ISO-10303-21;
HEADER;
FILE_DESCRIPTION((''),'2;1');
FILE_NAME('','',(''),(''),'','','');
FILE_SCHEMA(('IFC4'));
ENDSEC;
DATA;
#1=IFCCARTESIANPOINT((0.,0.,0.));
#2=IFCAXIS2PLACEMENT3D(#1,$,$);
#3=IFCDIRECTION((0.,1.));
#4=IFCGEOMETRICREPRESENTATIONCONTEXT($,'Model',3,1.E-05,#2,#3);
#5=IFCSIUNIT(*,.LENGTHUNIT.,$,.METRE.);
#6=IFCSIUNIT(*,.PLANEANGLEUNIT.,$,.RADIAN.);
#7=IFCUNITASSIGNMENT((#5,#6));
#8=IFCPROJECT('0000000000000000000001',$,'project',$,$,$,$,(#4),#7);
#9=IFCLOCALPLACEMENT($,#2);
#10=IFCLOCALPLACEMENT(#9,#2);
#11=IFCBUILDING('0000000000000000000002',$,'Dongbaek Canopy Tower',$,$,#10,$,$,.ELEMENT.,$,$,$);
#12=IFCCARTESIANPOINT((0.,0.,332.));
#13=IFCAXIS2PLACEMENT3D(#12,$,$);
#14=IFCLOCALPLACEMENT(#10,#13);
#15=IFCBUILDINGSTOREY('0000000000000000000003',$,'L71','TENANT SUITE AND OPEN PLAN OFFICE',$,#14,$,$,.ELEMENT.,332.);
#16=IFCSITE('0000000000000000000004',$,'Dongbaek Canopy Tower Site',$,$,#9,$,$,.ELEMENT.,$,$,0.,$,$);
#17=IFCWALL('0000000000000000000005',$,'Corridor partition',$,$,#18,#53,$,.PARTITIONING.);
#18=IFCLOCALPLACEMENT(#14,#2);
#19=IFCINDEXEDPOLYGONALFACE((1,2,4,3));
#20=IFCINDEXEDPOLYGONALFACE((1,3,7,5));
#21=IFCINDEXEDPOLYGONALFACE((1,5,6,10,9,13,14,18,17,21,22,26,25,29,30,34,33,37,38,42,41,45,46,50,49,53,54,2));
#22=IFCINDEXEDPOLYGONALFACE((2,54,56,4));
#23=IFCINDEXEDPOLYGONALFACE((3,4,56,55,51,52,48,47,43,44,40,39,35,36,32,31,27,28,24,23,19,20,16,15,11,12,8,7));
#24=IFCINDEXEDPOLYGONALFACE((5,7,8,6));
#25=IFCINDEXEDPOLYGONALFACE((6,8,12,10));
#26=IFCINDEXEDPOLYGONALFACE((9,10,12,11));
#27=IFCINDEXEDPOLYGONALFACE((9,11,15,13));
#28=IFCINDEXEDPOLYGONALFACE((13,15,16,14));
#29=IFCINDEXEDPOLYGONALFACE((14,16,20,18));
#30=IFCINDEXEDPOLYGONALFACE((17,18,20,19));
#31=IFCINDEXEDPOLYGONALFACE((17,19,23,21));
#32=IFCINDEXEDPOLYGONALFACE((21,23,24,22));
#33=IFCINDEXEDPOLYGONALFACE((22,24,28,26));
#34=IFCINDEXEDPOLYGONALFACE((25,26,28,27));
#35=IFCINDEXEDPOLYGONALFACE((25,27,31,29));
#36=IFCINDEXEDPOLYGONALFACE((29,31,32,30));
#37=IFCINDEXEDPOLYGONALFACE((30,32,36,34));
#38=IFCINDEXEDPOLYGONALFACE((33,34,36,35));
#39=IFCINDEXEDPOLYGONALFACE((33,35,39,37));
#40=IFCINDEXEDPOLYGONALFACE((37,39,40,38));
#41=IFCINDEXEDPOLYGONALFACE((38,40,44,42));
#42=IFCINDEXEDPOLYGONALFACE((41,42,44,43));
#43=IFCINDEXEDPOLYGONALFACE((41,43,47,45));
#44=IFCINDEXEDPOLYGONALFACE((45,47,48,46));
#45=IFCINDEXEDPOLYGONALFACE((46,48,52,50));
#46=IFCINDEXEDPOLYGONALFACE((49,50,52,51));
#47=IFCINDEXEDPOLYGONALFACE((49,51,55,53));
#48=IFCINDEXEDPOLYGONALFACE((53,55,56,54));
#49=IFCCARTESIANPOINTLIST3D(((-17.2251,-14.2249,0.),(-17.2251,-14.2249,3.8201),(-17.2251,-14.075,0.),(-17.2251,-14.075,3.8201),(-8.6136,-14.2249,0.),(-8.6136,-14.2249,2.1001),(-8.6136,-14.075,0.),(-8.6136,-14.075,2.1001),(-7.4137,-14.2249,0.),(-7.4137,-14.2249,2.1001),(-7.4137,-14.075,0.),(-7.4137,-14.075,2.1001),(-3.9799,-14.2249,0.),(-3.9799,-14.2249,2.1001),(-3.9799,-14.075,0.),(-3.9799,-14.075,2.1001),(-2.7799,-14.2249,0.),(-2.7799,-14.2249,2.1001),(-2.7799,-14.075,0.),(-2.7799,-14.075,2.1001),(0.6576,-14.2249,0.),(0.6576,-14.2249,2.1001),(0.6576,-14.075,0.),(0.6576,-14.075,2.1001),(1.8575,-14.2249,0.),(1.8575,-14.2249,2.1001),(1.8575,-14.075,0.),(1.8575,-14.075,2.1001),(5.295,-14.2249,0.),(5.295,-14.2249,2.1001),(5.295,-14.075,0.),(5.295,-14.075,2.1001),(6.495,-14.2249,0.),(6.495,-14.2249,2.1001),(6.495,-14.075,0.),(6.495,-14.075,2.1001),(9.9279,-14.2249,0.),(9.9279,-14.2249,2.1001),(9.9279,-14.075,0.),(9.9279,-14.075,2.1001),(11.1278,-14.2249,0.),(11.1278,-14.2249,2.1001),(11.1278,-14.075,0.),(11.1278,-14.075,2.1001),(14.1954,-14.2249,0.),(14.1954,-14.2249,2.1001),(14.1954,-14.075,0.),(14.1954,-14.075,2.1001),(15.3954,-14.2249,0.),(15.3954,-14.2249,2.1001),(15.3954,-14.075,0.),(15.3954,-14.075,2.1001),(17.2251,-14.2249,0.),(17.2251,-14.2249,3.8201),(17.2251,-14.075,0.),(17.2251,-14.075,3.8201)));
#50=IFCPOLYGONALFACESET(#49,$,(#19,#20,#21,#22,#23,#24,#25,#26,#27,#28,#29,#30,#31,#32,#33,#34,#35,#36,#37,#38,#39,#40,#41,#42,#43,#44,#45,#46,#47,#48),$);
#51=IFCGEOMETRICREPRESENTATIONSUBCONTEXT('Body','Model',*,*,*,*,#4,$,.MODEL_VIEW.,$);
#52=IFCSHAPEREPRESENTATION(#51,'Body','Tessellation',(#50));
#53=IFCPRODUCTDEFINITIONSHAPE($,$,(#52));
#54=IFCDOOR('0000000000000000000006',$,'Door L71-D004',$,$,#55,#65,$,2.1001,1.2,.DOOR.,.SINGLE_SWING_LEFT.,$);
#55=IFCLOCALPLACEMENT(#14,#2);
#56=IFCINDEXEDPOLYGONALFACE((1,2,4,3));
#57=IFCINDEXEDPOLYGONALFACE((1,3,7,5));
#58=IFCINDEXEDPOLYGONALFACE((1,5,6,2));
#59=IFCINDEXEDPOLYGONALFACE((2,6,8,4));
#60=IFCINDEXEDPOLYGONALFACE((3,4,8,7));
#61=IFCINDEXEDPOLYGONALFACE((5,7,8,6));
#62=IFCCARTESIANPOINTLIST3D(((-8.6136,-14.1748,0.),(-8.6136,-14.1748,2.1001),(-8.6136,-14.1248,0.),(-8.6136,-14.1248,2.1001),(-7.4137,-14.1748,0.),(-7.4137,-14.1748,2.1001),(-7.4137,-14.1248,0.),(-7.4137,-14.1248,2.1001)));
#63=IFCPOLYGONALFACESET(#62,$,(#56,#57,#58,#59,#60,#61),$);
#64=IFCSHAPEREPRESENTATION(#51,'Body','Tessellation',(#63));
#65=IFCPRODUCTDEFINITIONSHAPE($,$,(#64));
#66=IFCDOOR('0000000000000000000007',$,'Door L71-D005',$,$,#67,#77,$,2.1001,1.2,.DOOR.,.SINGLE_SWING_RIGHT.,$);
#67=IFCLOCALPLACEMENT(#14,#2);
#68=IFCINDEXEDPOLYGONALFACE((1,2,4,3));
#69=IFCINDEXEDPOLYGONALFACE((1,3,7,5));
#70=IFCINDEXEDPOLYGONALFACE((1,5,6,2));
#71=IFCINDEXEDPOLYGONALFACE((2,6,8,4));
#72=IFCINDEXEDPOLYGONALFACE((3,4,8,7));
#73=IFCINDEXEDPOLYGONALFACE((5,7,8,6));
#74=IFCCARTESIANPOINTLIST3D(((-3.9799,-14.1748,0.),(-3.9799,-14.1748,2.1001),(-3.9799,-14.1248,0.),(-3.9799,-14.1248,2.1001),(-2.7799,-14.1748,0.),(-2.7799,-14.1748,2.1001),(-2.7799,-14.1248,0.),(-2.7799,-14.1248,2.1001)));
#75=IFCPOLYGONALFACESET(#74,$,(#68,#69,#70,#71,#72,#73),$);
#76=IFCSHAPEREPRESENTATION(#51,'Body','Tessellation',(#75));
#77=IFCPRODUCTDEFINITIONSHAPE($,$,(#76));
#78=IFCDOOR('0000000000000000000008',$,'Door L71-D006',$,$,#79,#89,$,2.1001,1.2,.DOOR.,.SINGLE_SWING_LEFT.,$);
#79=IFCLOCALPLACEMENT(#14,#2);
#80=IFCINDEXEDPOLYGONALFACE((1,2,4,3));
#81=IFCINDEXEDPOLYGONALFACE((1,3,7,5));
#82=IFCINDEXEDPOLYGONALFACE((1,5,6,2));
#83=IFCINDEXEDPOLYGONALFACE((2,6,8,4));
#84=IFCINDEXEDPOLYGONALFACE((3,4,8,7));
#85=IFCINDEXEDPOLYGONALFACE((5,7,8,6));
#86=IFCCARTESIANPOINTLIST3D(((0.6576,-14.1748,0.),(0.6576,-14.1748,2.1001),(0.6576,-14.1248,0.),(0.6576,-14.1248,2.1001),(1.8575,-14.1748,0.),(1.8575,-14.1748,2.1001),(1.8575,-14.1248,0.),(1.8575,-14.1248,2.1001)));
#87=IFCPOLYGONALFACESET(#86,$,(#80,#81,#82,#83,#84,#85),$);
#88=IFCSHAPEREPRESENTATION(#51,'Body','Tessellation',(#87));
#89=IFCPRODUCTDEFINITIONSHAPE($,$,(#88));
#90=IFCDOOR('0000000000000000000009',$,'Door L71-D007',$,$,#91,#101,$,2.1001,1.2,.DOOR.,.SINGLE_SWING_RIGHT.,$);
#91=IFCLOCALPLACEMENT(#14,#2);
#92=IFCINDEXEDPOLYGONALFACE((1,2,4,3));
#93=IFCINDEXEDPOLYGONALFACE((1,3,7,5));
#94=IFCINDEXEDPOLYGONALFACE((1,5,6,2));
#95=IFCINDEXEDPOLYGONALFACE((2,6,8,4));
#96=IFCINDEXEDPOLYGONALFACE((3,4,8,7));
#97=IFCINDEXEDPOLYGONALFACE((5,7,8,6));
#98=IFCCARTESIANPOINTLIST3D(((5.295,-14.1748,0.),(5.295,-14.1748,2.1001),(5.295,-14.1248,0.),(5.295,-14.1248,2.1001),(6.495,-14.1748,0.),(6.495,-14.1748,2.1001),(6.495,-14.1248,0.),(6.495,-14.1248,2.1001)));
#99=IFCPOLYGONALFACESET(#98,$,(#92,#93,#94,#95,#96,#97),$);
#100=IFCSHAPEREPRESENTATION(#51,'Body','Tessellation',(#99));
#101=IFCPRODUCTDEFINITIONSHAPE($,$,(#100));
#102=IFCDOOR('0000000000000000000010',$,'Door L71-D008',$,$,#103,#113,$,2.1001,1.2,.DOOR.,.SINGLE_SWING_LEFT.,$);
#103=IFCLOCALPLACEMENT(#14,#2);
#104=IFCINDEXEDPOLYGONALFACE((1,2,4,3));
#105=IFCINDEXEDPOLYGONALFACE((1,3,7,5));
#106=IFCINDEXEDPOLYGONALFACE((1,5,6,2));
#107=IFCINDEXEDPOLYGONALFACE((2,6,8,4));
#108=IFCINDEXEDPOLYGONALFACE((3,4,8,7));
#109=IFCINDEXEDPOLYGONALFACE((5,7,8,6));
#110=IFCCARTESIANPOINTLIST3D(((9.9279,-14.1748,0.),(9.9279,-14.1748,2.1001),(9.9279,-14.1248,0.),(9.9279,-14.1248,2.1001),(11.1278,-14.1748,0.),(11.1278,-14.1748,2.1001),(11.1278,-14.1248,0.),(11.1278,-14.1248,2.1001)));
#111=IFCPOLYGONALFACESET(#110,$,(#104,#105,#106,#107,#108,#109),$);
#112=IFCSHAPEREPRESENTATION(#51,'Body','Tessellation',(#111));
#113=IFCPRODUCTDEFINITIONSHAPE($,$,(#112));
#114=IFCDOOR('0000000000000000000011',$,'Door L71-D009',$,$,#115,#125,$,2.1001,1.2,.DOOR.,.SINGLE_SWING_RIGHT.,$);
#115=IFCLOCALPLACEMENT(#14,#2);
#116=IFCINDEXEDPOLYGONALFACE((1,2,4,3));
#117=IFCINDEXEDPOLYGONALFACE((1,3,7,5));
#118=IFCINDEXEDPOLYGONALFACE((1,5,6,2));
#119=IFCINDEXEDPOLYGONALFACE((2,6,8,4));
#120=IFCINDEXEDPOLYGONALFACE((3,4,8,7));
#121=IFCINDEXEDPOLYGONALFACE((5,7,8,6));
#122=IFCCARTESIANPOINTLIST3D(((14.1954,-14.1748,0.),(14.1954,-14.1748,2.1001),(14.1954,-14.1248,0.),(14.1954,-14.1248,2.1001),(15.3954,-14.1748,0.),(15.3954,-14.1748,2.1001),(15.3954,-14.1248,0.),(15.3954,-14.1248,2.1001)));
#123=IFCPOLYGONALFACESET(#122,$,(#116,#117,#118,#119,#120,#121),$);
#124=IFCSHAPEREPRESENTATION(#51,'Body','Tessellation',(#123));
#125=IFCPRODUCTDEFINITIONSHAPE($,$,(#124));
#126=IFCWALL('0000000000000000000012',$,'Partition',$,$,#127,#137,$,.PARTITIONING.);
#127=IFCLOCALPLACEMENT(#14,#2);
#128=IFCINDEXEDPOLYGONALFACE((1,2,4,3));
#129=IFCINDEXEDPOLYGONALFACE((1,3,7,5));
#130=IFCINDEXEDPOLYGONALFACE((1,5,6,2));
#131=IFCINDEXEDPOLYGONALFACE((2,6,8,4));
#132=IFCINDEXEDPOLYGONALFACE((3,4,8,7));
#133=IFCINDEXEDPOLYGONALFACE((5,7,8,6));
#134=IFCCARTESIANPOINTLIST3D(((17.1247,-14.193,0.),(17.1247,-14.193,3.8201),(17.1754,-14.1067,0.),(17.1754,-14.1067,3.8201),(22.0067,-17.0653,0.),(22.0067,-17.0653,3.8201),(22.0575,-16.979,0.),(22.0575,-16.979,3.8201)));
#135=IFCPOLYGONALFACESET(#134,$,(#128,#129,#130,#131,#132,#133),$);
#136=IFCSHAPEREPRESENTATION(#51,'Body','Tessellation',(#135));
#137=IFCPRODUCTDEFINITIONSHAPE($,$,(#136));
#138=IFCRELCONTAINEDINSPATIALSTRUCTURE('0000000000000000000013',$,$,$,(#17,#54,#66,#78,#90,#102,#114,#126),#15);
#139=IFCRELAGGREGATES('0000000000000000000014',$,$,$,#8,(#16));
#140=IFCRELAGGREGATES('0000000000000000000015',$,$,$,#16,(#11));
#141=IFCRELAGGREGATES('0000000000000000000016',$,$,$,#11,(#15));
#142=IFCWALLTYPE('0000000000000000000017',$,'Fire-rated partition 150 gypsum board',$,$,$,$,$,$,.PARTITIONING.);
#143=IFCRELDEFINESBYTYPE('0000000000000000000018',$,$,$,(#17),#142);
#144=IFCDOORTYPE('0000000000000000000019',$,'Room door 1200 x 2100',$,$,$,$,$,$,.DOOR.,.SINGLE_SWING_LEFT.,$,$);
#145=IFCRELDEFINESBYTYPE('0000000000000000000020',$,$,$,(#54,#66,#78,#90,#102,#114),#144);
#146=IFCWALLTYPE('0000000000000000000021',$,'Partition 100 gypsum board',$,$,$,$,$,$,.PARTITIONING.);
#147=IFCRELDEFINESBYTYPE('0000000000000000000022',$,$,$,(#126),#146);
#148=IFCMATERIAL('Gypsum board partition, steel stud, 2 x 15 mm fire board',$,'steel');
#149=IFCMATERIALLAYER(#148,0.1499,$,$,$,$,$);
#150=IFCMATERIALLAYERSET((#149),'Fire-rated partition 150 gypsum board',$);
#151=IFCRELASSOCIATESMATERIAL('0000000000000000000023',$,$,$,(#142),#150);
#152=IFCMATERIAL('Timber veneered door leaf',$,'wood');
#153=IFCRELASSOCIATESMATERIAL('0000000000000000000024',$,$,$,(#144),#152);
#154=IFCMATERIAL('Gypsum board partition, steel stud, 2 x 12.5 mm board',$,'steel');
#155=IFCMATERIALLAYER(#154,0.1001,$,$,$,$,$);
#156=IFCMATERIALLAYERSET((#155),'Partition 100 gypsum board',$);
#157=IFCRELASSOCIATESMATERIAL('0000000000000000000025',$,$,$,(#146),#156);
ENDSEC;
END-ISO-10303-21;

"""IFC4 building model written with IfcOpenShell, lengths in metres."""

from ifc_helpers import new_model, si_unit, direction, frame, frame_2d, origin, place, context, subcontext, project, spatial, rectangle, extrude, material, layer, layer_set, type_object, element, fill, save


model = new_model("IFC4")

# Units and contexts
model_context = context("Model", 3, precision=1e-05, world=origin(), true_north=direction((0.0, 1.0)))
body_context = subcontext(model_context, "Body", "Model", "MODEL_VIEW")
ifc_project = project(units=[si_unit("LENGTHUNIT", "METRE"), si_unit("PLANEANGLEUNIT", "RADIAN")], contexts=[model_context])

# Site, building, storey
site_placement = place(None, origin())
site = spatial("IfcSite", under=ifc_project, at=site_placement, Name="Dongbaek Canopy Tower Site", CompositionType="ELEMENT", RefElevation=0.0)
building_placement = place(site_placement, origin())
building = spatial("IfcBuilding", under=site, at=building_placement, Name="Dongbaek Canopy Tower", CompositionType="ELEMENT")
storey_placement = place(building_placement, frame((0.0, 0.0, 332.0)))
storey = spatial("IfcBuildingStorey", under=building, at=storey_placement, Name="L71", Description="TENANT SUITE AND OPEN PLAN OFFICE", CompositionType="ELEMENT", Elevation=332.0)

# Wall, openings, doors
ifc_material_1 = material(Name="Gypsum board partition, steel stud, 2 x 15 mm fire board", Category="steel")
ifc_layer_1 = layer(ifc_material_1, 0.1499)
ifc_layer_set_1 = layer_set([ifc_layer_1], Name="Fire-rated partition 150 gypsum board")
wall_type_1 = type_object("IfcWallType", Name="Fire-rated partition 150 gypsum board", PredefinedType="PARTITIONING", material=ifc_layer_set_1)
wall_1_placement = place(storey_placement, frame((17.2251, -14.1499, 0.0), z_axis=(0.0, 0.0, 1.0), x_axis=(-1.0, 0.0, 0.0)))
wall_1 = element("IfcWall", 1, at=wall_1_placement, inside=storey, type_object=wall_type_1, Name="Corridor partition", PredefinedType="PARTITIONING", context=body_context, shape_type="SweptSolid", body=[
    extrude(rectangle(XDim=34.4502, YDim=0.1499, at=frame_2d((17.2251, 0.0))), origin(), (0.0, 0.0, 1.0), 3.8201),
])
opening_1_placement = place(wall_1_placement, frame((24.6387, 0.0, 0.0)))
opening_1 = element("IfcOpeningElement", 2, at=opening_1_placement, cuts=wall_1, PredefinedType="OPENING", context=body_context, shape_type="SweptSolid", body=[
    extrude(rectangle(XDim=1.2, YDim=2.1001, at=frame_2d((0.6001, 1.05))), frame((0.0, 0.085, 0.0), z_axis=(0.0, -1.0, 0.0), x_axis=(1.0, 0.0, 0.0)), (0.0, 0.0, 1.0), 0.1699),
])
opening_2_placement = place(wall_1_placement, frame((20.0049, 0.0, 0.0)))
opening_2 = element("IfcOpeningElement", 3, at=opening_2_placement, cuts=wall_1, PredefinedType="OPENING", context=body_context, shape_type="SweptSolid", body=[
    extrude(rectangle(XDim=1.2, YDim=2.1001, at=frame_2d((0.6001, 1.05))), frame((0.0, 0.085, 0.0), z_axis=(0.0, -1.0, 0.0), x_axis=(1.0, 0.0, 0.0)), (0.0, 0.0, 1.0), 0.1699),
])
opening_3_placement = place(wall_1_placement, frame((15.3674, 0.0, 0.0)))
opening_3 = element("IfcOpeningElement", 4, at=opening_3_placement, cuts=wall_1, PredefinedType="OPENING", context=body_context, shape_type="SweptSolid", body=[
    extrude(rectangle(XDim=1.2, YDim=2.1001, at=frame_2d((0.6001, 1.05))), frame((0.0, 0.085, 0.0), z_axis=(0.0, -1.0, 0.0), x_axis=(1.0, 0.0, 0.0)), (0.0, 0.0, 1.0), 0.1699),
])
opening_4_placement = place(wall_1_placement, frame((10.73, 0.0, 0.0)))
opening_4 = element("IfcOpeningElement", 5, at=opening_4_placement, cuts=wall_1, PredefinedType="OPENING", context=body_context, shape_type="SweptSolid", body=[
    extrude(rectangle(XDim=1.2, YDim=2.1001, at=frame_2d((0.6001, 1.05))), frame((0.0, 0.085, 0.0), z_axis=(0.0, -1.0, 0.0), x_axis=(1.0, 0.0, 0.0)), (0.0, 0.0, 1.0), 0.1699),
])
opening_5_placement = place(wall_1_placement, frame((6.0972, 0.0, 0.0)))
opening_5 = element("IfcOpeningElement", 6, at=opening_5_placement, cuts=wall_1, PredefinedType="OPENING", context=body_context, shape_type="SweptSolid", body=[
    extrude(rectangle(XDim=1.2, YDim=2.1001, at=frame_2d((0.6001, 1.05))), frame((0.0, 0.085, 0.0), z_axis=(0.0, -1.0, 0.0), x_axis=(1.0, 0.0, 0.0)), (0.0, 0.0, 1.0), 0.1699),
])
opening_6_placement = place(wall_1_placement, frame((1.8296, 0.0, 0.0)))
opening_6 = element("IfcOpeningElement", 7, at=opening_6_placement, cuts=wall_1, PredefinedType="OPENING", context=body_context, shape_type="SweptSolid", body=[
    extrude(rectangle(XDim=1.2, YDim=2.1001, at=frame_2d((0.6001, 1.05))), frame((0.0, 0.085, 0.0), z_axis=(0.0, -1.0, 0.0), x_axis=(1.0, 0.0, 0.0)), (0.0, 0.0, 1.0), 0.1699),
])
ifc_material_2 = material(Name="Timber veneered door leaf", Category="wood")
door_type = type_object("IfcDoorType", Name="Room door 1200 x 2100", OperationType="SINGLE_SWING_LEFT", PredefinedType="DOOR", material=ifc_material_2)
door_1_placement = place(opening_1_placement, origin())
door_1 = element("IfcDoor", 8, at=door_1_placement, inside=storey, type_object=door_type, Name="Door L71-D004", OperationType="SINGLE_SWING_LEFT", OverallHeight=2.1001, OverallWidth=1.2, PredefinedType="DOOR", context=body_context, shape_type="SweptSolid", body=[
    extrude(rectangle(XDim=1.2, YDim=2.1001, at=frame_2d((0.6001, 1.05))), frame((0.0, 0.0249, 0.0), z_axis=(0.0, -1.0, 0.0), x_axis=(1.0, 0.0, 0.0)), (0.0, 0.0, 1.0), 0.05),
])
fill(opening_1, door_1)
door_2_placement = place(opening_2_placement, origin())
door_2 = element("IfcDoor", 9, at=door_2_placement, inside=storey, type_object=door_type, Name="Door L71-D005", OperationType="SINGLE_SWING_RIGHT", OverallHeight=2.1001, OverallWidth=1.2, PredefinedType="DOOR", context=body_context, shape_type="SweptSolid", body=[
    extrude(rectangle(XDim=1.2, YDim=2.1001, at=frame_2d((0.6001, 1.05))), frame((0.0, 0.0249, 0.0), z_axis=(0.0, -1.0, 0.0), x_axis=(1.0, 0.0, 0.0)), (0.0, 0.0, 1.0), 0.05),
])
fill(opening_2, door_2)
door_3_placement = place(opening_3_placement, origin())
door_3 = element("IfcDoor", 10, at=door_3_placement, inside=storey, type_object=door_type, Name="Door L71-D006", OperationType="SINGLE_SWING_LEFT", OverallHeight=2.1001, OverallWidth=1.2, PredefinedType="DOOR", context=body_context, shape_type="SweptSolid", body=[
    extrude(rectangle(XDim=1.2, YDim=2.1001, at=frame_2d((0.6001, 1.05))), frame((0.0, 0.0249, 0.0), z_axis=(0.0, -1.0, 0.0), x_axis=(1.0, 0.0, 0.0)), (0.0, 0.0, 1.0), 0.05),
])
fill(opening_3, door_3)
door_4_placement = place(opening_4_placement, origin())
door_4 = element("IfcDoor", 11, at=door_4_placement, inside=storey, type_object=door_type, Name="Door L71-D007", OperationType="SINGLE_SWING_RIGHT", OverallHeight=2.1001, OverallWidth=1.2, PredefinedType="DOOR", context=body_context, shape_type="SweptSolid", body=[
    extrude(rectangle(XDim=1.2, YDim=2.1001, at=frame_2d((0.6001, 1.05))), frame((0.0, 0.0249, 0.0), z_axis=(0.0, -1.0, 0.0), x_axis=(1.0, 0.0, 0.0)), (0.0, 0.0, 1.0), 0.05),
])
fill(opening_4, door_4)
door_5_placement = place(opening_5_placement, origin())
door_5 = element("IfcDoor", 12, at=door_5_placement, inside=storey, type_object=door_type, Name="Door L71-D008", OperationType="SINGLE_SWING_LEFT", OverallHeight=2.1001, OverallWidth=1.2, PredefinedType="DOOR", context=body_context, shape_type="SweptSolid", body=[
    extrude(rectangle(XDim=1.2, YDim=2.1001, at=frame_2d((0.6001, 1.05))), frame((0.0, 0.0249, 0.0), z_axis=(0.0, -1.0, 0.0), x_axis=(1.0, 0.0, 0.0)), (0.0, 0.0, 1.0), 0.05),
])
fill(opening_5, door_5)
door_6_placement = place(opening_6_placement, origin())
door_6 = element("IfcDoor", 13, at=door_6_placement, inside=storey, type_object=door_type, Name="Door L71-D009", OperationType="SINGLE_SWING_RIGHT", OverallHeight=2.1001, OverallWidth=1.2, PredefinedType="DOOR", context=body_context, shape_type="SweptSolid", body=[
    extrude(rectangle(XDim=1.2, YDim=2.1001, at=frame_2d((0.6001, 1.05))), frame((0.0, 0.0249, 0.0), z_axis=(0.0, -1.0, 0.0), x_axis=(1.0, 0.0, 0.0)), (0.0, 0.0, 1.0), 0.05),
])
fill(opening_6, door_6)

# Wall
ifc_material_3 = material(Name="Gypsum board partition, steel stud, 2 x 12.5 mm board", Category="steel")
ifc_layer_2 = layer(ifc_material_3, 0.1001)
ifc_layer_set_2 = layer_set([ifc_layer_2], Name="Partition 100 gypsum board")
wall_type_2 = type_object("IfcWallType", Name="Partition 100 gypsum board", PredefinedType="PARTITIONING", material=ifc_layer_set_2)
wall_2_placement = place(storey_placement, frame((17.1501, -14.1499, 0.0), z_axis=(0.0, 0.0, 1.0), x_axis=(0.861895, -0.507086, 0.0)))
element("IfcWall", 14, at=wall_2_placement, inside=storey, type_object=wall_type_2, Name="Partition", PredefinedType="PARTITIONING", context=body_context, shape_type="SweptSolid", body=[
    extrude(rectangle(XDim=5.6643, YDim=0.1001, at=frame_2d((2.832, 0.0))), origin(), (0.0, 0.0, 1.0), 3.8201),
])

save(model, "model.ifc")
